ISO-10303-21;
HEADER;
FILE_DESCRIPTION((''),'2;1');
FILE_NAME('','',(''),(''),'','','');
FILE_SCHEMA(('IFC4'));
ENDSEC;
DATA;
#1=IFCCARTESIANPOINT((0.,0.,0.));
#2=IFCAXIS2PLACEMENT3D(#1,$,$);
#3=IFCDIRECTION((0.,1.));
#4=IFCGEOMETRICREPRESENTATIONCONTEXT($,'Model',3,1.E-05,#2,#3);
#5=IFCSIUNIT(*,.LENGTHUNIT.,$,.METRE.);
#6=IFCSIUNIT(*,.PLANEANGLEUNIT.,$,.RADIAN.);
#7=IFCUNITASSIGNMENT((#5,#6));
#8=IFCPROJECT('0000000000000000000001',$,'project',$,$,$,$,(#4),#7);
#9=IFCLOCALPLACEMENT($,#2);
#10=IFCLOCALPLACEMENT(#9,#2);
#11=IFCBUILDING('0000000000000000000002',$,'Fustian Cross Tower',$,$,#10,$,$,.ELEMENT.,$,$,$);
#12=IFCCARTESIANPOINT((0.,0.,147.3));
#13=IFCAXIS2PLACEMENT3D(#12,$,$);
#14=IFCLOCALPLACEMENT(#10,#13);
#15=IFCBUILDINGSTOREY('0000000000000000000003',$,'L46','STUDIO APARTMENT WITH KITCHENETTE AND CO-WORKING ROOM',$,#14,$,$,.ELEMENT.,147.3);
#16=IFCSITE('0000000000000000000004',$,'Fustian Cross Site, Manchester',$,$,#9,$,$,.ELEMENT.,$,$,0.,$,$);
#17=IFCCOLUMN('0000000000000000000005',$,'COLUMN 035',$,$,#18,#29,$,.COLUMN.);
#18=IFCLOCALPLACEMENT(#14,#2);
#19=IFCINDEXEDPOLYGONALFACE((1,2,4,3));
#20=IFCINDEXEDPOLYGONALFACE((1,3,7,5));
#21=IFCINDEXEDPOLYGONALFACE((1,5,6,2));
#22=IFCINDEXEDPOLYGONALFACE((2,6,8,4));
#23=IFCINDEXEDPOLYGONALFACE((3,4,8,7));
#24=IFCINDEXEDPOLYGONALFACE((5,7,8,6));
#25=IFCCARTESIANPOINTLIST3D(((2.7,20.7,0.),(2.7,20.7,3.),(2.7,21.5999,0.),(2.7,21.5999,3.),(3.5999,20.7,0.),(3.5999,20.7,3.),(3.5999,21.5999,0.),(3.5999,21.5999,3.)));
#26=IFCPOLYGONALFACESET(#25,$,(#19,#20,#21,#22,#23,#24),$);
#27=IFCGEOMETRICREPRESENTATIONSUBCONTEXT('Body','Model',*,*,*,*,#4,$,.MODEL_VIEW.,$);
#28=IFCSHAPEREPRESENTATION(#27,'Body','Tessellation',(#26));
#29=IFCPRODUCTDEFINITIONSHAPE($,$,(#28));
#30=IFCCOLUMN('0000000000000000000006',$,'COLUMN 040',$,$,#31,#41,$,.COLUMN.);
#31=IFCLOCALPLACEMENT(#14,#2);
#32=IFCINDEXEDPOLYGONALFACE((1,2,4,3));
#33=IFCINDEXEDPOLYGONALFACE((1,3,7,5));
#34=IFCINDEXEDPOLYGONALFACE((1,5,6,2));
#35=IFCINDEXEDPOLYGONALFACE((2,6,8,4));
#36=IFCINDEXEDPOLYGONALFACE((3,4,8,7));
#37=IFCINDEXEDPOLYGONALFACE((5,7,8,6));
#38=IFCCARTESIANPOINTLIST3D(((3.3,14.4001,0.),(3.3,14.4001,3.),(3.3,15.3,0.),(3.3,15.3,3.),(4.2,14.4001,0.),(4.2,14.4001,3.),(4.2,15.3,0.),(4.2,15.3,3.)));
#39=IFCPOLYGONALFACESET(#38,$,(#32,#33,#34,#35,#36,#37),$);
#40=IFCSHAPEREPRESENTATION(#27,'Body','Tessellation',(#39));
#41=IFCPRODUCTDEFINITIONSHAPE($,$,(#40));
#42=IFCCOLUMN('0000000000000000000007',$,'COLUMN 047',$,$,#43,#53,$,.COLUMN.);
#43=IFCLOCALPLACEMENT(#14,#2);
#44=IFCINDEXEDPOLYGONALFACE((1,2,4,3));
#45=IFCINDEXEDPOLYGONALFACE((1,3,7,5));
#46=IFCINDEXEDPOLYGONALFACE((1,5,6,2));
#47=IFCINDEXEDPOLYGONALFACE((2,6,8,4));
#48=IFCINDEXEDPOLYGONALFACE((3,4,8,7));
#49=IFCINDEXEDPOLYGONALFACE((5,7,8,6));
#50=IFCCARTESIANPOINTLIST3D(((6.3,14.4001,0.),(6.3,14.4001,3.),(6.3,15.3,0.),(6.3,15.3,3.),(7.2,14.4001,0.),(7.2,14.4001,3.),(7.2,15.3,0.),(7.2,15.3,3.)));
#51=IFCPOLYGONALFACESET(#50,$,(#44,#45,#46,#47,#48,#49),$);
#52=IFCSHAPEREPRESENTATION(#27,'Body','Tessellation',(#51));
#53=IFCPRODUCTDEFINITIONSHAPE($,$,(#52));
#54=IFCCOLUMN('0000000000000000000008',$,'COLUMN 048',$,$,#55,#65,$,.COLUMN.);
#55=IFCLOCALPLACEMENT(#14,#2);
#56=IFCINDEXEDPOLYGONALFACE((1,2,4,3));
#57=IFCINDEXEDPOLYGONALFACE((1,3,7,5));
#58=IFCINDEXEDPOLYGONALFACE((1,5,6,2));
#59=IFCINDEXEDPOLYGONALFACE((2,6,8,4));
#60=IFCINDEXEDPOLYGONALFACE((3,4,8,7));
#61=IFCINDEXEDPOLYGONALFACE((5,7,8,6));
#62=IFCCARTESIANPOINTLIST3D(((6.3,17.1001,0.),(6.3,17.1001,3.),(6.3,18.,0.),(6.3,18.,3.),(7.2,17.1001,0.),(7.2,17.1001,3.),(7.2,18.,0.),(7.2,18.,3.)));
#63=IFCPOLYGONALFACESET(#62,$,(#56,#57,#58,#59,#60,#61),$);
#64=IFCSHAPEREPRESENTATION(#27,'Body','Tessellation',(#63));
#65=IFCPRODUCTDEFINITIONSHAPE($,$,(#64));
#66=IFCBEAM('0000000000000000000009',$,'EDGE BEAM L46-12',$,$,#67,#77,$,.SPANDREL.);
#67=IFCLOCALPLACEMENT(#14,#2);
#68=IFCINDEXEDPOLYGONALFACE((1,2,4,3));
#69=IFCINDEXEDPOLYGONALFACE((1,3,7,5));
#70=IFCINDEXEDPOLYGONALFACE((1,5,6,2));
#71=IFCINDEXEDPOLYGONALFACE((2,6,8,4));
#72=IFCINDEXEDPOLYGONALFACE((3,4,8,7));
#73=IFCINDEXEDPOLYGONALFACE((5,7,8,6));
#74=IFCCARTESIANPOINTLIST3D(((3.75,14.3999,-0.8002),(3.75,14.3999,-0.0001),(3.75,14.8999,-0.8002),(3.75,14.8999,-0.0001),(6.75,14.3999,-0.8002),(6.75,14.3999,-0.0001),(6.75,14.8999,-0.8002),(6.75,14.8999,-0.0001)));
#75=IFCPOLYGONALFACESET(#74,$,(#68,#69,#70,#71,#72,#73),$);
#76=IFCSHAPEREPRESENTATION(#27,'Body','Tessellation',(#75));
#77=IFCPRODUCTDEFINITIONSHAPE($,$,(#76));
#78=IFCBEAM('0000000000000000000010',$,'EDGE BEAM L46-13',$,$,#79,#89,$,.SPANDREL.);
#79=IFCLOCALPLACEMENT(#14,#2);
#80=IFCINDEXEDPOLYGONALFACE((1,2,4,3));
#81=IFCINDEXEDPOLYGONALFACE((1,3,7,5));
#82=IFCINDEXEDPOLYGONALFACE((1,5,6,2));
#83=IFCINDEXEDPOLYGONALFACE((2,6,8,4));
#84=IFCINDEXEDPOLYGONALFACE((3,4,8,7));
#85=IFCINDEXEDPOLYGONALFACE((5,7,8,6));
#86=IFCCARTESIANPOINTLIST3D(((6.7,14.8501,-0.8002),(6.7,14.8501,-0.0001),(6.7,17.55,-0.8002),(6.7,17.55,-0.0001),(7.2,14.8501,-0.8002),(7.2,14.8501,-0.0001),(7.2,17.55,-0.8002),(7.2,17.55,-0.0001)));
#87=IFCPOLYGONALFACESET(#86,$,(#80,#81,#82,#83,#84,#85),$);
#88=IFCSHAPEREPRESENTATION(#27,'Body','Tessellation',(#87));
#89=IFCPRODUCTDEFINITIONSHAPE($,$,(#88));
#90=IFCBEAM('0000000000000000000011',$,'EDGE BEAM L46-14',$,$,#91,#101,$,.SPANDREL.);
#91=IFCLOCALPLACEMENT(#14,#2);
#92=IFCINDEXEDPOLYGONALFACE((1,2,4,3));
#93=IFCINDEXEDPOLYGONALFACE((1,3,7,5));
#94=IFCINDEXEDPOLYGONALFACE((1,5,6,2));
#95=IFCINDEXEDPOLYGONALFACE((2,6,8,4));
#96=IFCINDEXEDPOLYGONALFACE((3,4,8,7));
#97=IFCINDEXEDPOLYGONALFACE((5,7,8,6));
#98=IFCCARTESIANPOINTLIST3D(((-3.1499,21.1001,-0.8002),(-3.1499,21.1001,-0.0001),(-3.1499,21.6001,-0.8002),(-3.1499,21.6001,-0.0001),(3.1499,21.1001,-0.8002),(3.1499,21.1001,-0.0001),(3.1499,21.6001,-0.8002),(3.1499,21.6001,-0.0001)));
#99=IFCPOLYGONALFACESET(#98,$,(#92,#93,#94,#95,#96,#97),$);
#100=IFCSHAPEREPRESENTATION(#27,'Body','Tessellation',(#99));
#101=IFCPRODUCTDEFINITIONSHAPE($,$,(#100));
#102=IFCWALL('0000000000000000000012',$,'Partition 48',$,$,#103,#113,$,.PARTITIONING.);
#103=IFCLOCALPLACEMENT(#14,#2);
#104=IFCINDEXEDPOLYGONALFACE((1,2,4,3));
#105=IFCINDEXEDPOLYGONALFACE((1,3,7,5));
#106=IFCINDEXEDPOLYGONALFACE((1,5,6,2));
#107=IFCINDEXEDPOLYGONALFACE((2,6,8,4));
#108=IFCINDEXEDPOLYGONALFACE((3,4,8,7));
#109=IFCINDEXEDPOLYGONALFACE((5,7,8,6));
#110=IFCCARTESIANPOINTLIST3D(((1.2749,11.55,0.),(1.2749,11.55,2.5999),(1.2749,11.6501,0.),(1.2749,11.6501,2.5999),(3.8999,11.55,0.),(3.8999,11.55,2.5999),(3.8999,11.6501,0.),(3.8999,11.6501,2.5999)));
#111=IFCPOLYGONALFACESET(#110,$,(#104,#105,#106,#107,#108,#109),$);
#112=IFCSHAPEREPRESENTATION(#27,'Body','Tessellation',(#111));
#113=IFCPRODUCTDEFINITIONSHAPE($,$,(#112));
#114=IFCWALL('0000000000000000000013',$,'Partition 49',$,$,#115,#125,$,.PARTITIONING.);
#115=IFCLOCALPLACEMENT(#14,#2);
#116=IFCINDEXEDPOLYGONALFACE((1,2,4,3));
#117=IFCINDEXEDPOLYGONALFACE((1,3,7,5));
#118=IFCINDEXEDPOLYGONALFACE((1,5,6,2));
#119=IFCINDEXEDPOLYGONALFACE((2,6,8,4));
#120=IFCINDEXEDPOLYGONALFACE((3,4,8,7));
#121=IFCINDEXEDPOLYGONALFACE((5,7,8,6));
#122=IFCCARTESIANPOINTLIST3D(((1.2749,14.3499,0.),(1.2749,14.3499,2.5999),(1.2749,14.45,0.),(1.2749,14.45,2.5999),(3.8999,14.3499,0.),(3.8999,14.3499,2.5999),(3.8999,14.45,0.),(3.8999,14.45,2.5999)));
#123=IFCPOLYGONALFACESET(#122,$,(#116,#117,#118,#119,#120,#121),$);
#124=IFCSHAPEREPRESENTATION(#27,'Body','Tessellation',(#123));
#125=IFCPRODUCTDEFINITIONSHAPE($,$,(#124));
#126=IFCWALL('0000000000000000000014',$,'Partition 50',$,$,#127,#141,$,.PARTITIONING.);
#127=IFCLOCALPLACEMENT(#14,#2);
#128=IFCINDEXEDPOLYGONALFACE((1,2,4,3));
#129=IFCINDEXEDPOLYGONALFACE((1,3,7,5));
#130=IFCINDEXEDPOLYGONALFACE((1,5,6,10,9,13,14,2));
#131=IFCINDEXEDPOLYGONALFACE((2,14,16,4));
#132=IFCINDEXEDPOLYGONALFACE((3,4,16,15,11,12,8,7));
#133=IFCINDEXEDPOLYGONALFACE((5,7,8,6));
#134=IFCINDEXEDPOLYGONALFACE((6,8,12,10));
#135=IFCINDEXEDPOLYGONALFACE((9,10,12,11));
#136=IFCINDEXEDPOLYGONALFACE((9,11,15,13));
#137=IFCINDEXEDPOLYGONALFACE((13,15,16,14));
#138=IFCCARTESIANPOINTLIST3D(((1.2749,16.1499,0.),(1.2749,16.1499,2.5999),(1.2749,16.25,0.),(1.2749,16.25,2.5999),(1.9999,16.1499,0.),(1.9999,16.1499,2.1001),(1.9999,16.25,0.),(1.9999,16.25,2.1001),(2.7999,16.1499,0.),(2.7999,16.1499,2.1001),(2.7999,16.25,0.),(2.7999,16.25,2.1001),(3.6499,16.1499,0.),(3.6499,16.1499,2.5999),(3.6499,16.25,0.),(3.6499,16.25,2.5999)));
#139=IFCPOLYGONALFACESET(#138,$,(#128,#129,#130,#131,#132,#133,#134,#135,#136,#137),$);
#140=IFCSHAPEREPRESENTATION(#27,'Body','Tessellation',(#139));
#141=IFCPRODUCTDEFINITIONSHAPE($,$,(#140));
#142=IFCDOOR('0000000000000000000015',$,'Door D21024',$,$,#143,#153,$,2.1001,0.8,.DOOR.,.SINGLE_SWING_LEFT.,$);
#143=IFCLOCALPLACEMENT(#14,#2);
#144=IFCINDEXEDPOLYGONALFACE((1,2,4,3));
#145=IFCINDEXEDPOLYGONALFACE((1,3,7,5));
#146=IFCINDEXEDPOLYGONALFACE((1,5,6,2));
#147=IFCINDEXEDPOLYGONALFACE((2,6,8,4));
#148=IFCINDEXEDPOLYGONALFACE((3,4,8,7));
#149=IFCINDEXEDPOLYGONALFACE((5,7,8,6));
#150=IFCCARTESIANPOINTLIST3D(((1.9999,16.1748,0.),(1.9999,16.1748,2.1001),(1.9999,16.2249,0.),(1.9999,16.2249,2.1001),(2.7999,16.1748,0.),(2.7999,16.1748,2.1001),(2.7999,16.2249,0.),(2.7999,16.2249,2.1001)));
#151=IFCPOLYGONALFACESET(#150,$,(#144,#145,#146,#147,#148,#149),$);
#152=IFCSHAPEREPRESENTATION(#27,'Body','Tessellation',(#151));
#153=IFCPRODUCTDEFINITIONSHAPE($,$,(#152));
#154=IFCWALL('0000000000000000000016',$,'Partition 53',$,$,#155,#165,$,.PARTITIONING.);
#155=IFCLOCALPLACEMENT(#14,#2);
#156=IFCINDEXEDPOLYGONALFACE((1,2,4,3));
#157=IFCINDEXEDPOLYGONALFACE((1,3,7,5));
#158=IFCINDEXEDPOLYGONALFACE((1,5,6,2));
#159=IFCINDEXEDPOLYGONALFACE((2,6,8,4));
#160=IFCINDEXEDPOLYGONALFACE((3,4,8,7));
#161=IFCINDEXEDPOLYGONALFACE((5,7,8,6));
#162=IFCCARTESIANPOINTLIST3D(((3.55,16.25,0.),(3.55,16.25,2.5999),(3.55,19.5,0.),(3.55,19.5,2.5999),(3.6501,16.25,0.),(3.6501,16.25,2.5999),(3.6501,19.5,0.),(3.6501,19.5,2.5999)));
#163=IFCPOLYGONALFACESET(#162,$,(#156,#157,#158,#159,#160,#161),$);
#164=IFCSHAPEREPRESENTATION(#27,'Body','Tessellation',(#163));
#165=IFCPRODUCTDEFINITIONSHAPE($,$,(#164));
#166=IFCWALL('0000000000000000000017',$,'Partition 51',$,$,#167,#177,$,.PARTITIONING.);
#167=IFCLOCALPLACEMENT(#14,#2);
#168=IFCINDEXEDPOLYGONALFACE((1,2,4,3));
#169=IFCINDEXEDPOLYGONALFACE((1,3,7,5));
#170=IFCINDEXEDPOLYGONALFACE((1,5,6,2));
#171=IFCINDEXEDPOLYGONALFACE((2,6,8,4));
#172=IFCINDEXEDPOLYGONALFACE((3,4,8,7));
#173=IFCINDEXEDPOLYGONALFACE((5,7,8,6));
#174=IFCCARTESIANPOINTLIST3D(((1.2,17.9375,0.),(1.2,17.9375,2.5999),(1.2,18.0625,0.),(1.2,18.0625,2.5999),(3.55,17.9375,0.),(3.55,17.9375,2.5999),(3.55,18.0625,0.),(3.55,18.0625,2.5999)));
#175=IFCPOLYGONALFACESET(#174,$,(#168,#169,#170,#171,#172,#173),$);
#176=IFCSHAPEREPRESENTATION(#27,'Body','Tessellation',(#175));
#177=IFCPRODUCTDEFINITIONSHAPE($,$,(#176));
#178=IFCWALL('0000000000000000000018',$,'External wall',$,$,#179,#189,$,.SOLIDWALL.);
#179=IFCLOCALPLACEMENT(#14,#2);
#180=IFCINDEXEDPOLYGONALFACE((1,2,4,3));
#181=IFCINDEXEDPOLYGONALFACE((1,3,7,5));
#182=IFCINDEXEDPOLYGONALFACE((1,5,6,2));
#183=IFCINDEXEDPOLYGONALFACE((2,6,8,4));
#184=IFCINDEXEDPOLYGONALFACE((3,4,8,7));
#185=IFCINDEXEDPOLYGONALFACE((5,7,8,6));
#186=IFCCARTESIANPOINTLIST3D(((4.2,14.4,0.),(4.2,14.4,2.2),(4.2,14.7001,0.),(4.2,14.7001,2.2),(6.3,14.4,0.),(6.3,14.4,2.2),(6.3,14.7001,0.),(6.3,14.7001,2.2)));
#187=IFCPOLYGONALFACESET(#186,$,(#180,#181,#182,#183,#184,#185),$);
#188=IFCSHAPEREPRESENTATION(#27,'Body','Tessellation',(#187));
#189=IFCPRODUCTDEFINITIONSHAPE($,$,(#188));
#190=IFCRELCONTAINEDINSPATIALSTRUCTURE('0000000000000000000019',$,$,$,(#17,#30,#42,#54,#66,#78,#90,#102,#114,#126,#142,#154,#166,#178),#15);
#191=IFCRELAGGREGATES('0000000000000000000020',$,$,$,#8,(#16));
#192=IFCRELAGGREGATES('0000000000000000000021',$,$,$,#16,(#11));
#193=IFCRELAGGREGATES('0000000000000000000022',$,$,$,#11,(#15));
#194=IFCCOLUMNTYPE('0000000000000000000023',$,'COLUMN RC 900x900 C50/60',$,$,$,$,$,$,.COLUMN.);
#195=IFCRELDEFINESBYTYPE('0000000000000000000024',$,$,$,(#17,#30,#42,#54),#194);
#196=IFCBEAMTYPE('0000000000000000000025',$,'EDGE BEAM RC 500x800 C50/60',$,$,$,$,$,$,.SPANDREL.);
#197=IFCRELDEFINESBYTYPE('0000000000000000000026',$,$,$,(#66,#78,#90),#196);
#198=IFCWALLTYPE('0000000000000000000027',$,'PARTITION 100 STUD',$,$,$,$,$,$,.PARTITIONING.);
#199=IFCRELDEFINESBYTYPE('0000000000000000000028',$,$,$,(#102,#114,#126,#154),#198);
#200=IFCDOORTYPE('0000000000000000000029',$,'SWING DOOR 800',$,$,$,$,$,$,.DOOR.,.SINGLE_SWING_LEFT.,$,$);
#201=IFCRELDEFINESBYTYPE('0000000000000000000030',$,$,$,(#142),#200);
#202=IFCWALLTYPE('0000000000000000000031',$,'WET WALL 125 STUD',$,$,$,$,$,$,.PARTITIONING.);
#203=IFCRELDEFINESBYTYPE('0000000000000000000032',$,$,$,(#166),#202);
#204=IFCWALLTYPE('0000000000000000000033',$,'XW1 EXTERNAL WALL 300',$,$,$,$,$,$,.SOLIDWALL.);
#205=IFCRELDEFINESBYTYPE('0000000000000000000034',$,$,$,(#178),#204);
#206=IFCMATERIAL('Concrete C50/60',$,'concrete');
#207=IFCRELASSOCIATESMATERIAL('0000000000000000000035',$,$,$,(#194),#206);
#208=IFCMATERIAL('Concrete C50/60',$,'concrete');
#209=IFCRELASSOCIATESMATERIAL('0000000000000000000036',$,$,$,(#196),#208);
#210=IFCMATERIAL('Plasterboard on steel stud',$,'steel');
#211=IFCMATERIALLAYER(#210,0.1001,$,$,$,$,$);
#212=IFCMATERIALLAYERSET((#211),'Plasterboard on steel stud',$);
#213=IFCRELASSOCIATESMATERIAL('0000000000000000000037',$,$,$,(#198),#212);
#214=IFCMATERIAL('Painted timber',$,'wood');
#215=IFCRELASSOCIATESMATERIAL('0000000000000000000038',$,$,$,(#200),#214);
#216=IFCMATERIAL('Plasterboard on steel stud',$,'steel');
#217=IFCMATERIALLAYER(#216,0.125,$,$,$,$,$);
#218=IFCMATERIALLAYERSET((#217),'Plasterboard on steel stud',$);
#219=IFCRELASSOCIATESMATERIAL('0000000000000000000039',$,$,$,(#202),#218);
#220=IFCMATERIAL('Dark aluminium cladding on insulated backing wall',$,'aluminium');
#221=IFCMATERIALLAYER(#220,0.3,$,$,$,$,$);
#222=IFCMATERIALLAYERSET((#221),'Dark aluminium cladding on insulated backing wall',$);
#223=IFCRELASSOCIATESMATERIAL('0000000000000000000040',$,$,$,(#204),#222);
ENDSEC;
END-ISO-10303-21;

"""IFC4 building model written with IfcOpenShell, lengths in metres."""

from ifc_helpers import new_model, si_unit, direction, frame, frame_2d, origin, origin_2d, place, context, subcontext, project, spatial, rectangle, extrude, material, layer, layer_set, material_profile, profile_set, type_object, element, fill, save


model = new_model("IFC4")

# Units and contexts
model_context = context("Model", 3, precision=1e-05, world=origin(), true_north=direction((0.0, 1.0)))
body_context = subcontext(model_context, "Body", "Model", "MODEL_VIEW")
ifc_project = project(units=[si_unit("LENGTHUNIT", "METRE"), si_unit("PLANEANGLEUNIT", "RADIAN")], contexts=[model_context])

# Site, building, storey
site_placement = place(None, origin())
site = spatial("IfcSite", under=ifc_project, at=site_placement, Name="Fustian Cross Site, Manchester", CompositionType="ELEMENT", RefElevation=0.0)
building_placement = place(site_placement, origin())
building = spatial("IfcBuilding", under=site, at=building_placement, Name="Fustian Cross Tower", CompositionType="ELEMENT")
storey_placement = place(building_placement, frame((0.0, 0.0, 147.3)))
storey = spatial("IfcBuildingStorey", under=building, at=storey_placement, Name="L46", Description="STUDIO APARTMENT WITH KITCHENETTE AND CO-WORKING ROOM", CompositionType="ELEMENT", Elevation=147.3)

# Columns
ifc_material_1 = material(Name="Concrete C50/60", Category="concrete")
ifc_material_profile_1 = material_profile(ifc_material_1, rectangle(XDim=0.8999, YDim=0.8999, at=origin_2d()), Name="RC 900x900")
ifc_profile_set_1 = profile_set([ifc_material_profile_1], Name="Concrete C50/60")
column_type = type_object("IfcColumnType", Name="COLUMN RC 900x900 C50/60", PredefinedType="COLUMN", material=ifc_profile_set_1)
for number, where, z_axis, x_axis, name in (
    (1, (3.1499, 21.1499, 0.0), (0.0, 0.0, 1.0), (1.0, 0.0, 0.0), "COLUMN 035"),
    (2, (3.75, 14.8501, 0.0), (0.0, 0.0, 1.0), (1.0, 0.0, 0.0), "COLUMN 040"),
    (3, (6.75, 14.8501, 0.0), (0.0, 0.0, 1.0), (1.0, 0.0, 0.0), "COLUMN 047"),
    (4, (6.75, 17.55, 0.0), (0.0, 0.0, 1.0), (1.0, 0.0, 0.0), "COLUMN 048"),
):
    element("IfcColumn", number, at=place(storey_placement, frame(where, z_axis=z_axis, x_axis=x_axis)), inside=storey, type_object=column_type, Name=name, PredefinedType="COLUMN", context=body_context, shape_type="SweptSolid", body=[
        extrude(rectangle(XDim=0.8999, YDim=0.8999, at=origin_2d()), origin(), (0.0, 0.0, 1.0), 3.0),
    ])

# Beams
ifc_material_2 = material(Name="Concrete C50/60", Category="concrete")
ifc_material_profile_2 = material_profile(ifc_material_2, rectangle(XDim=0.5, YDim=0.8, at=origin_2d()), Name="RC 500x800")
ifc_profile_set_2 = profile_set([ifc_material_profile_2], Name="Concrete C50/60")
beam_type = type_object("IfcBeamType", Name="EDGE BEAM RC 500x800 C50/60", PredefinedType="SPANDREL", material=ifc_profile_set_2)
beam_1_placement = place(storey_placement, frame((3.75, 14.6499, -0.4001), z_axis=(1.0, 0.0, 0.0), x_axis=(0.0, 1.0, 0.0)))
element("IfcBeam", 5, at=beam_1_placement, inside=storey, type_object=beam_type, Name="EDGE BEAM L46-12", PredefinedType="SPANDREL", context=body_context, shape_type="SweptSolid", body=[
    extrude(rectangle(XDim=0.5, YDim=0.8, at=origin_2d()), origin(), (0.0, 0.0, 1.0), 3.0),
])
beam_2_placement = place(storey_placement, frame((6.95, 14.8501, -0.4001), z_axis=(0.0, 1.0, 0.0), x_axis=(-1.0, 0.0, 0.0)))
element("IfcBeam", 6, at=beam_2_placement, inside=storey, type_object=beam_type, Name="EDGE BEAM L46-13", PredefinedType="SPANDREL", context=body_context, shape_type="SweptSolid", body=[
    extrude(rectangle(XDim=0.5, YDim=0.8, at=origin_2d()), origin(), (0.0, 0.0, 1.0), 2.7),
])
beam_3_placement = place(storey_placement, frame((3.1499, 21.3501, -0.4001), z_axis=(-1.0, 0.0, 0.0), x_axis=(0.0, -1.0, 0.0)))
element("IfcBeam", 7, at=beam_3_placement, inside=storey, type_object=beam_type, Name="EDGE BEAM L46-14", PredefinedType="SPANDREL", context=body_context, shape_type="SweptSolid", body=[
    extrude(rectangle(XDim=0.5, YDim=0.8, at=origin_2d()), origin(), (0.0, 0.0, 1.0), 6.2998),
])

# Walls
ifc_material_3 = material(Name="Plasterboard on steel stud", Category="steel")
ifc_layer_1 = layer(ifc_material_3, 0.1001)
ifc_layer_set_1 = layer_set([ifc_layer_1], Name="Plasterboard on steel stud")
wall_type_1 = type_object("IfcWallType", Name="PARTITION 100 STUD", PredefinedType="PARTITIONING", material=ifc_layer_set_1)
for number, where, z_axis, x_axis, name in (
    (8, (1.2749, 11.6001, 0.0), (0.0, 0.0, 1.0), (1.0, 0.0, 0.0), "Partition 48"),
    (9, (1.2749, 14.3999, 0.0), (0.0, 0.0, 1.0), (1.0, 0.0, 0.0), "Partition 49"),
):
    element("IfcWall", number, at=place(storey_placement, frame(where, z_axis=z_axis, x_axis=x_axis)), inside=storey, type_object=wall_type_1, Name=name, PredefinedType="PARTITIONING", context=body_context, shape_type="SweptSolid", body=[
        extrude(rectangle(XDim=2.625, YDim=0.1001, at=frame_2d((1.3125, 0.0))), origin(), (0.0, 0.0, 1.0), 2.5999),
    ])

# Wall, opening, door
wall_1_placement = place(storey_placement, frame((1.2749, 16.2, 0.0), z_axis=(0.0, 0.0, 1.0), x_axis=(1.0, 0.0, 0.0)))
wall_1 = element("IfcWall", 10, at=wall_1_placement, inside=storey, type_object=wall_type_1, Name="Partition 50", PredefinedType="PARTITIONING", context=body_context, shape_type="SweptSolid", body=[
    extrude(rectangle(XDim=2.375, YDim=0.1001, at=frame_2d((1.1875, 0.0))), origin(), (0.0, 0.0, 1.0), 2.5999),
])
opening_1_placement = place(wall_1_placement, frame((0.7251, 0.0, 0.0)))
opening_1 = element("IfcOpeningElement", 11, at=opening_1_placement, cuts=wall_1, PredefinedType="OPENING", context=body_context, shape_type="SweptSolid", body=[
    extrude(rectangle(XDim=0.8, YDim=2.1001, at=frame_2d((0.3999, 1.05))), frame((0.0, 0.0601, 0.0), z_axis=(0.0, -1.0, 0.0), x_axis=(1.0, 0.0, 0.0)), (0.0, 0.0, 1.0), 0.1201),
])
ifc_material_4 = material(Name="Painted timber", Category="wood")
door_type = type_object("IfcDoorType", Name="SWING DOOR 800", OperationType="SINGLE_SWING_LEFT", PredefinedType="DOOR", material=ifc_material_4)
door_placement = place(opening_1_placement, origin())
door = element("IfcDoor", 12, at=door_placement, inside=storey, type_object=door_type, Name="Door D21024", OperationType="SINGLE_SWING_LEFT", OverallHeight=2.1001, OverallWidth=0.8, PredefinedType="DOOR", context=body_context, shape_type="SweptSolid", body=[
    extrude(rectangle(XDim=0.8, YDim=2.1001, at=frame_2d((0.3999, 1.05))), frame((0.0, 0.0249, 0.0), z_axis=(0.0, -1.0, 0.0), x_axis=(1.0, 0.0, 0.0)), (0.0, 0.0, 1.0), 0.05),
])
fill(opening_1, door)

# Walls
wall_2_placement = place(storey_placement, frame((3.6001, 16.25, 0.0), z_axis=(0.0, 0.0, 1.0), x_axis=(0.0, 1.0, 0.0)))
element("IfcWall", 13, at=wall_2_placement, inside=storey, type_object=wall_type_1, Name="Partition 53", PredefinedType="PARTITIONING", context=body_context, shape_type="SweptSolid", body=[
    extrude(rectangle(XDim=3.25, YDim=0.1001, at=frame_2d((1.625, 0.0))), origin(), (0.0, 0.0, 1.0), 2.5999),
])
ifc_material_5 = material(Name="Plasterboard on steel stud", Category="steel")
ifc_layer_2 = layer(ifc_material_5, 0.125)
ifc_layer_set_2 = layer_set([ifc_layer_2], Name="Plasterboard on steel stud")
wall_type_2 = type_object("IfcWallType", Name="WET WALL 125 STUD", PredefinedType="PARTITIONING", material=ifc_layer_set_2)
wall_3_placement = place(storey_placement, frame((1.2, 18.0, 0.0), z_axis=(0.0, 0.0, 1.0), x_axis=(1.0, 0.0, 0.0)))
element("IfcWall", 14, at=wall_3_placement, inside=storey, type_object=wall_type_2, Name="Partition 51", PredefinedType="PARTITIONING", context=body_context, shape_type="SweptSolid", body=[
    extrude(rectangle(XDim=2.3501, YDim=0.125, at=frame_2d((1.175, 0.0))), origin(), (0.0, 0.0, 1.0), 2.5999),
])
ifc_material_6 = material(Name="Dark aluminium cladding on insulated backing wall", Category="aluminium")
ifc_layer_3 = layer(ifc_material_6, 0.3)
ifc_layer_set_3 = layer_set([ifc_layer_3], Name="Dark aluminium cladding on insulated backing wall")
wall_type_3 = type_object("IfcWallType", Name="XW1 EXTERNAL WALL 300", PredefinedType="SOLIDWALL", material=ifc_layer_set_3)
wall_4_placement = place(storey_placement, frame((4.2, 14.55, 0.0), z_axis=(0.0, 0.0, 1.0), x_axis=(1.0, 0.0, 0.0)))
element("IfcWall", 15, at=wall_4_placement, inside=storey, type_object=wall_type_3, Name="External wall", PredefinedType="SOLIDWALL", context=body_context, shape_type="SweptSolid", body=[
    extrude(rectangle(XDim=2.1001, YDim=0.3, at=frame_2d((1.05, 0.0))), origin(), (0.0, 0.0, 1.0), 2.2),
])

save(model, "model.ifc")
